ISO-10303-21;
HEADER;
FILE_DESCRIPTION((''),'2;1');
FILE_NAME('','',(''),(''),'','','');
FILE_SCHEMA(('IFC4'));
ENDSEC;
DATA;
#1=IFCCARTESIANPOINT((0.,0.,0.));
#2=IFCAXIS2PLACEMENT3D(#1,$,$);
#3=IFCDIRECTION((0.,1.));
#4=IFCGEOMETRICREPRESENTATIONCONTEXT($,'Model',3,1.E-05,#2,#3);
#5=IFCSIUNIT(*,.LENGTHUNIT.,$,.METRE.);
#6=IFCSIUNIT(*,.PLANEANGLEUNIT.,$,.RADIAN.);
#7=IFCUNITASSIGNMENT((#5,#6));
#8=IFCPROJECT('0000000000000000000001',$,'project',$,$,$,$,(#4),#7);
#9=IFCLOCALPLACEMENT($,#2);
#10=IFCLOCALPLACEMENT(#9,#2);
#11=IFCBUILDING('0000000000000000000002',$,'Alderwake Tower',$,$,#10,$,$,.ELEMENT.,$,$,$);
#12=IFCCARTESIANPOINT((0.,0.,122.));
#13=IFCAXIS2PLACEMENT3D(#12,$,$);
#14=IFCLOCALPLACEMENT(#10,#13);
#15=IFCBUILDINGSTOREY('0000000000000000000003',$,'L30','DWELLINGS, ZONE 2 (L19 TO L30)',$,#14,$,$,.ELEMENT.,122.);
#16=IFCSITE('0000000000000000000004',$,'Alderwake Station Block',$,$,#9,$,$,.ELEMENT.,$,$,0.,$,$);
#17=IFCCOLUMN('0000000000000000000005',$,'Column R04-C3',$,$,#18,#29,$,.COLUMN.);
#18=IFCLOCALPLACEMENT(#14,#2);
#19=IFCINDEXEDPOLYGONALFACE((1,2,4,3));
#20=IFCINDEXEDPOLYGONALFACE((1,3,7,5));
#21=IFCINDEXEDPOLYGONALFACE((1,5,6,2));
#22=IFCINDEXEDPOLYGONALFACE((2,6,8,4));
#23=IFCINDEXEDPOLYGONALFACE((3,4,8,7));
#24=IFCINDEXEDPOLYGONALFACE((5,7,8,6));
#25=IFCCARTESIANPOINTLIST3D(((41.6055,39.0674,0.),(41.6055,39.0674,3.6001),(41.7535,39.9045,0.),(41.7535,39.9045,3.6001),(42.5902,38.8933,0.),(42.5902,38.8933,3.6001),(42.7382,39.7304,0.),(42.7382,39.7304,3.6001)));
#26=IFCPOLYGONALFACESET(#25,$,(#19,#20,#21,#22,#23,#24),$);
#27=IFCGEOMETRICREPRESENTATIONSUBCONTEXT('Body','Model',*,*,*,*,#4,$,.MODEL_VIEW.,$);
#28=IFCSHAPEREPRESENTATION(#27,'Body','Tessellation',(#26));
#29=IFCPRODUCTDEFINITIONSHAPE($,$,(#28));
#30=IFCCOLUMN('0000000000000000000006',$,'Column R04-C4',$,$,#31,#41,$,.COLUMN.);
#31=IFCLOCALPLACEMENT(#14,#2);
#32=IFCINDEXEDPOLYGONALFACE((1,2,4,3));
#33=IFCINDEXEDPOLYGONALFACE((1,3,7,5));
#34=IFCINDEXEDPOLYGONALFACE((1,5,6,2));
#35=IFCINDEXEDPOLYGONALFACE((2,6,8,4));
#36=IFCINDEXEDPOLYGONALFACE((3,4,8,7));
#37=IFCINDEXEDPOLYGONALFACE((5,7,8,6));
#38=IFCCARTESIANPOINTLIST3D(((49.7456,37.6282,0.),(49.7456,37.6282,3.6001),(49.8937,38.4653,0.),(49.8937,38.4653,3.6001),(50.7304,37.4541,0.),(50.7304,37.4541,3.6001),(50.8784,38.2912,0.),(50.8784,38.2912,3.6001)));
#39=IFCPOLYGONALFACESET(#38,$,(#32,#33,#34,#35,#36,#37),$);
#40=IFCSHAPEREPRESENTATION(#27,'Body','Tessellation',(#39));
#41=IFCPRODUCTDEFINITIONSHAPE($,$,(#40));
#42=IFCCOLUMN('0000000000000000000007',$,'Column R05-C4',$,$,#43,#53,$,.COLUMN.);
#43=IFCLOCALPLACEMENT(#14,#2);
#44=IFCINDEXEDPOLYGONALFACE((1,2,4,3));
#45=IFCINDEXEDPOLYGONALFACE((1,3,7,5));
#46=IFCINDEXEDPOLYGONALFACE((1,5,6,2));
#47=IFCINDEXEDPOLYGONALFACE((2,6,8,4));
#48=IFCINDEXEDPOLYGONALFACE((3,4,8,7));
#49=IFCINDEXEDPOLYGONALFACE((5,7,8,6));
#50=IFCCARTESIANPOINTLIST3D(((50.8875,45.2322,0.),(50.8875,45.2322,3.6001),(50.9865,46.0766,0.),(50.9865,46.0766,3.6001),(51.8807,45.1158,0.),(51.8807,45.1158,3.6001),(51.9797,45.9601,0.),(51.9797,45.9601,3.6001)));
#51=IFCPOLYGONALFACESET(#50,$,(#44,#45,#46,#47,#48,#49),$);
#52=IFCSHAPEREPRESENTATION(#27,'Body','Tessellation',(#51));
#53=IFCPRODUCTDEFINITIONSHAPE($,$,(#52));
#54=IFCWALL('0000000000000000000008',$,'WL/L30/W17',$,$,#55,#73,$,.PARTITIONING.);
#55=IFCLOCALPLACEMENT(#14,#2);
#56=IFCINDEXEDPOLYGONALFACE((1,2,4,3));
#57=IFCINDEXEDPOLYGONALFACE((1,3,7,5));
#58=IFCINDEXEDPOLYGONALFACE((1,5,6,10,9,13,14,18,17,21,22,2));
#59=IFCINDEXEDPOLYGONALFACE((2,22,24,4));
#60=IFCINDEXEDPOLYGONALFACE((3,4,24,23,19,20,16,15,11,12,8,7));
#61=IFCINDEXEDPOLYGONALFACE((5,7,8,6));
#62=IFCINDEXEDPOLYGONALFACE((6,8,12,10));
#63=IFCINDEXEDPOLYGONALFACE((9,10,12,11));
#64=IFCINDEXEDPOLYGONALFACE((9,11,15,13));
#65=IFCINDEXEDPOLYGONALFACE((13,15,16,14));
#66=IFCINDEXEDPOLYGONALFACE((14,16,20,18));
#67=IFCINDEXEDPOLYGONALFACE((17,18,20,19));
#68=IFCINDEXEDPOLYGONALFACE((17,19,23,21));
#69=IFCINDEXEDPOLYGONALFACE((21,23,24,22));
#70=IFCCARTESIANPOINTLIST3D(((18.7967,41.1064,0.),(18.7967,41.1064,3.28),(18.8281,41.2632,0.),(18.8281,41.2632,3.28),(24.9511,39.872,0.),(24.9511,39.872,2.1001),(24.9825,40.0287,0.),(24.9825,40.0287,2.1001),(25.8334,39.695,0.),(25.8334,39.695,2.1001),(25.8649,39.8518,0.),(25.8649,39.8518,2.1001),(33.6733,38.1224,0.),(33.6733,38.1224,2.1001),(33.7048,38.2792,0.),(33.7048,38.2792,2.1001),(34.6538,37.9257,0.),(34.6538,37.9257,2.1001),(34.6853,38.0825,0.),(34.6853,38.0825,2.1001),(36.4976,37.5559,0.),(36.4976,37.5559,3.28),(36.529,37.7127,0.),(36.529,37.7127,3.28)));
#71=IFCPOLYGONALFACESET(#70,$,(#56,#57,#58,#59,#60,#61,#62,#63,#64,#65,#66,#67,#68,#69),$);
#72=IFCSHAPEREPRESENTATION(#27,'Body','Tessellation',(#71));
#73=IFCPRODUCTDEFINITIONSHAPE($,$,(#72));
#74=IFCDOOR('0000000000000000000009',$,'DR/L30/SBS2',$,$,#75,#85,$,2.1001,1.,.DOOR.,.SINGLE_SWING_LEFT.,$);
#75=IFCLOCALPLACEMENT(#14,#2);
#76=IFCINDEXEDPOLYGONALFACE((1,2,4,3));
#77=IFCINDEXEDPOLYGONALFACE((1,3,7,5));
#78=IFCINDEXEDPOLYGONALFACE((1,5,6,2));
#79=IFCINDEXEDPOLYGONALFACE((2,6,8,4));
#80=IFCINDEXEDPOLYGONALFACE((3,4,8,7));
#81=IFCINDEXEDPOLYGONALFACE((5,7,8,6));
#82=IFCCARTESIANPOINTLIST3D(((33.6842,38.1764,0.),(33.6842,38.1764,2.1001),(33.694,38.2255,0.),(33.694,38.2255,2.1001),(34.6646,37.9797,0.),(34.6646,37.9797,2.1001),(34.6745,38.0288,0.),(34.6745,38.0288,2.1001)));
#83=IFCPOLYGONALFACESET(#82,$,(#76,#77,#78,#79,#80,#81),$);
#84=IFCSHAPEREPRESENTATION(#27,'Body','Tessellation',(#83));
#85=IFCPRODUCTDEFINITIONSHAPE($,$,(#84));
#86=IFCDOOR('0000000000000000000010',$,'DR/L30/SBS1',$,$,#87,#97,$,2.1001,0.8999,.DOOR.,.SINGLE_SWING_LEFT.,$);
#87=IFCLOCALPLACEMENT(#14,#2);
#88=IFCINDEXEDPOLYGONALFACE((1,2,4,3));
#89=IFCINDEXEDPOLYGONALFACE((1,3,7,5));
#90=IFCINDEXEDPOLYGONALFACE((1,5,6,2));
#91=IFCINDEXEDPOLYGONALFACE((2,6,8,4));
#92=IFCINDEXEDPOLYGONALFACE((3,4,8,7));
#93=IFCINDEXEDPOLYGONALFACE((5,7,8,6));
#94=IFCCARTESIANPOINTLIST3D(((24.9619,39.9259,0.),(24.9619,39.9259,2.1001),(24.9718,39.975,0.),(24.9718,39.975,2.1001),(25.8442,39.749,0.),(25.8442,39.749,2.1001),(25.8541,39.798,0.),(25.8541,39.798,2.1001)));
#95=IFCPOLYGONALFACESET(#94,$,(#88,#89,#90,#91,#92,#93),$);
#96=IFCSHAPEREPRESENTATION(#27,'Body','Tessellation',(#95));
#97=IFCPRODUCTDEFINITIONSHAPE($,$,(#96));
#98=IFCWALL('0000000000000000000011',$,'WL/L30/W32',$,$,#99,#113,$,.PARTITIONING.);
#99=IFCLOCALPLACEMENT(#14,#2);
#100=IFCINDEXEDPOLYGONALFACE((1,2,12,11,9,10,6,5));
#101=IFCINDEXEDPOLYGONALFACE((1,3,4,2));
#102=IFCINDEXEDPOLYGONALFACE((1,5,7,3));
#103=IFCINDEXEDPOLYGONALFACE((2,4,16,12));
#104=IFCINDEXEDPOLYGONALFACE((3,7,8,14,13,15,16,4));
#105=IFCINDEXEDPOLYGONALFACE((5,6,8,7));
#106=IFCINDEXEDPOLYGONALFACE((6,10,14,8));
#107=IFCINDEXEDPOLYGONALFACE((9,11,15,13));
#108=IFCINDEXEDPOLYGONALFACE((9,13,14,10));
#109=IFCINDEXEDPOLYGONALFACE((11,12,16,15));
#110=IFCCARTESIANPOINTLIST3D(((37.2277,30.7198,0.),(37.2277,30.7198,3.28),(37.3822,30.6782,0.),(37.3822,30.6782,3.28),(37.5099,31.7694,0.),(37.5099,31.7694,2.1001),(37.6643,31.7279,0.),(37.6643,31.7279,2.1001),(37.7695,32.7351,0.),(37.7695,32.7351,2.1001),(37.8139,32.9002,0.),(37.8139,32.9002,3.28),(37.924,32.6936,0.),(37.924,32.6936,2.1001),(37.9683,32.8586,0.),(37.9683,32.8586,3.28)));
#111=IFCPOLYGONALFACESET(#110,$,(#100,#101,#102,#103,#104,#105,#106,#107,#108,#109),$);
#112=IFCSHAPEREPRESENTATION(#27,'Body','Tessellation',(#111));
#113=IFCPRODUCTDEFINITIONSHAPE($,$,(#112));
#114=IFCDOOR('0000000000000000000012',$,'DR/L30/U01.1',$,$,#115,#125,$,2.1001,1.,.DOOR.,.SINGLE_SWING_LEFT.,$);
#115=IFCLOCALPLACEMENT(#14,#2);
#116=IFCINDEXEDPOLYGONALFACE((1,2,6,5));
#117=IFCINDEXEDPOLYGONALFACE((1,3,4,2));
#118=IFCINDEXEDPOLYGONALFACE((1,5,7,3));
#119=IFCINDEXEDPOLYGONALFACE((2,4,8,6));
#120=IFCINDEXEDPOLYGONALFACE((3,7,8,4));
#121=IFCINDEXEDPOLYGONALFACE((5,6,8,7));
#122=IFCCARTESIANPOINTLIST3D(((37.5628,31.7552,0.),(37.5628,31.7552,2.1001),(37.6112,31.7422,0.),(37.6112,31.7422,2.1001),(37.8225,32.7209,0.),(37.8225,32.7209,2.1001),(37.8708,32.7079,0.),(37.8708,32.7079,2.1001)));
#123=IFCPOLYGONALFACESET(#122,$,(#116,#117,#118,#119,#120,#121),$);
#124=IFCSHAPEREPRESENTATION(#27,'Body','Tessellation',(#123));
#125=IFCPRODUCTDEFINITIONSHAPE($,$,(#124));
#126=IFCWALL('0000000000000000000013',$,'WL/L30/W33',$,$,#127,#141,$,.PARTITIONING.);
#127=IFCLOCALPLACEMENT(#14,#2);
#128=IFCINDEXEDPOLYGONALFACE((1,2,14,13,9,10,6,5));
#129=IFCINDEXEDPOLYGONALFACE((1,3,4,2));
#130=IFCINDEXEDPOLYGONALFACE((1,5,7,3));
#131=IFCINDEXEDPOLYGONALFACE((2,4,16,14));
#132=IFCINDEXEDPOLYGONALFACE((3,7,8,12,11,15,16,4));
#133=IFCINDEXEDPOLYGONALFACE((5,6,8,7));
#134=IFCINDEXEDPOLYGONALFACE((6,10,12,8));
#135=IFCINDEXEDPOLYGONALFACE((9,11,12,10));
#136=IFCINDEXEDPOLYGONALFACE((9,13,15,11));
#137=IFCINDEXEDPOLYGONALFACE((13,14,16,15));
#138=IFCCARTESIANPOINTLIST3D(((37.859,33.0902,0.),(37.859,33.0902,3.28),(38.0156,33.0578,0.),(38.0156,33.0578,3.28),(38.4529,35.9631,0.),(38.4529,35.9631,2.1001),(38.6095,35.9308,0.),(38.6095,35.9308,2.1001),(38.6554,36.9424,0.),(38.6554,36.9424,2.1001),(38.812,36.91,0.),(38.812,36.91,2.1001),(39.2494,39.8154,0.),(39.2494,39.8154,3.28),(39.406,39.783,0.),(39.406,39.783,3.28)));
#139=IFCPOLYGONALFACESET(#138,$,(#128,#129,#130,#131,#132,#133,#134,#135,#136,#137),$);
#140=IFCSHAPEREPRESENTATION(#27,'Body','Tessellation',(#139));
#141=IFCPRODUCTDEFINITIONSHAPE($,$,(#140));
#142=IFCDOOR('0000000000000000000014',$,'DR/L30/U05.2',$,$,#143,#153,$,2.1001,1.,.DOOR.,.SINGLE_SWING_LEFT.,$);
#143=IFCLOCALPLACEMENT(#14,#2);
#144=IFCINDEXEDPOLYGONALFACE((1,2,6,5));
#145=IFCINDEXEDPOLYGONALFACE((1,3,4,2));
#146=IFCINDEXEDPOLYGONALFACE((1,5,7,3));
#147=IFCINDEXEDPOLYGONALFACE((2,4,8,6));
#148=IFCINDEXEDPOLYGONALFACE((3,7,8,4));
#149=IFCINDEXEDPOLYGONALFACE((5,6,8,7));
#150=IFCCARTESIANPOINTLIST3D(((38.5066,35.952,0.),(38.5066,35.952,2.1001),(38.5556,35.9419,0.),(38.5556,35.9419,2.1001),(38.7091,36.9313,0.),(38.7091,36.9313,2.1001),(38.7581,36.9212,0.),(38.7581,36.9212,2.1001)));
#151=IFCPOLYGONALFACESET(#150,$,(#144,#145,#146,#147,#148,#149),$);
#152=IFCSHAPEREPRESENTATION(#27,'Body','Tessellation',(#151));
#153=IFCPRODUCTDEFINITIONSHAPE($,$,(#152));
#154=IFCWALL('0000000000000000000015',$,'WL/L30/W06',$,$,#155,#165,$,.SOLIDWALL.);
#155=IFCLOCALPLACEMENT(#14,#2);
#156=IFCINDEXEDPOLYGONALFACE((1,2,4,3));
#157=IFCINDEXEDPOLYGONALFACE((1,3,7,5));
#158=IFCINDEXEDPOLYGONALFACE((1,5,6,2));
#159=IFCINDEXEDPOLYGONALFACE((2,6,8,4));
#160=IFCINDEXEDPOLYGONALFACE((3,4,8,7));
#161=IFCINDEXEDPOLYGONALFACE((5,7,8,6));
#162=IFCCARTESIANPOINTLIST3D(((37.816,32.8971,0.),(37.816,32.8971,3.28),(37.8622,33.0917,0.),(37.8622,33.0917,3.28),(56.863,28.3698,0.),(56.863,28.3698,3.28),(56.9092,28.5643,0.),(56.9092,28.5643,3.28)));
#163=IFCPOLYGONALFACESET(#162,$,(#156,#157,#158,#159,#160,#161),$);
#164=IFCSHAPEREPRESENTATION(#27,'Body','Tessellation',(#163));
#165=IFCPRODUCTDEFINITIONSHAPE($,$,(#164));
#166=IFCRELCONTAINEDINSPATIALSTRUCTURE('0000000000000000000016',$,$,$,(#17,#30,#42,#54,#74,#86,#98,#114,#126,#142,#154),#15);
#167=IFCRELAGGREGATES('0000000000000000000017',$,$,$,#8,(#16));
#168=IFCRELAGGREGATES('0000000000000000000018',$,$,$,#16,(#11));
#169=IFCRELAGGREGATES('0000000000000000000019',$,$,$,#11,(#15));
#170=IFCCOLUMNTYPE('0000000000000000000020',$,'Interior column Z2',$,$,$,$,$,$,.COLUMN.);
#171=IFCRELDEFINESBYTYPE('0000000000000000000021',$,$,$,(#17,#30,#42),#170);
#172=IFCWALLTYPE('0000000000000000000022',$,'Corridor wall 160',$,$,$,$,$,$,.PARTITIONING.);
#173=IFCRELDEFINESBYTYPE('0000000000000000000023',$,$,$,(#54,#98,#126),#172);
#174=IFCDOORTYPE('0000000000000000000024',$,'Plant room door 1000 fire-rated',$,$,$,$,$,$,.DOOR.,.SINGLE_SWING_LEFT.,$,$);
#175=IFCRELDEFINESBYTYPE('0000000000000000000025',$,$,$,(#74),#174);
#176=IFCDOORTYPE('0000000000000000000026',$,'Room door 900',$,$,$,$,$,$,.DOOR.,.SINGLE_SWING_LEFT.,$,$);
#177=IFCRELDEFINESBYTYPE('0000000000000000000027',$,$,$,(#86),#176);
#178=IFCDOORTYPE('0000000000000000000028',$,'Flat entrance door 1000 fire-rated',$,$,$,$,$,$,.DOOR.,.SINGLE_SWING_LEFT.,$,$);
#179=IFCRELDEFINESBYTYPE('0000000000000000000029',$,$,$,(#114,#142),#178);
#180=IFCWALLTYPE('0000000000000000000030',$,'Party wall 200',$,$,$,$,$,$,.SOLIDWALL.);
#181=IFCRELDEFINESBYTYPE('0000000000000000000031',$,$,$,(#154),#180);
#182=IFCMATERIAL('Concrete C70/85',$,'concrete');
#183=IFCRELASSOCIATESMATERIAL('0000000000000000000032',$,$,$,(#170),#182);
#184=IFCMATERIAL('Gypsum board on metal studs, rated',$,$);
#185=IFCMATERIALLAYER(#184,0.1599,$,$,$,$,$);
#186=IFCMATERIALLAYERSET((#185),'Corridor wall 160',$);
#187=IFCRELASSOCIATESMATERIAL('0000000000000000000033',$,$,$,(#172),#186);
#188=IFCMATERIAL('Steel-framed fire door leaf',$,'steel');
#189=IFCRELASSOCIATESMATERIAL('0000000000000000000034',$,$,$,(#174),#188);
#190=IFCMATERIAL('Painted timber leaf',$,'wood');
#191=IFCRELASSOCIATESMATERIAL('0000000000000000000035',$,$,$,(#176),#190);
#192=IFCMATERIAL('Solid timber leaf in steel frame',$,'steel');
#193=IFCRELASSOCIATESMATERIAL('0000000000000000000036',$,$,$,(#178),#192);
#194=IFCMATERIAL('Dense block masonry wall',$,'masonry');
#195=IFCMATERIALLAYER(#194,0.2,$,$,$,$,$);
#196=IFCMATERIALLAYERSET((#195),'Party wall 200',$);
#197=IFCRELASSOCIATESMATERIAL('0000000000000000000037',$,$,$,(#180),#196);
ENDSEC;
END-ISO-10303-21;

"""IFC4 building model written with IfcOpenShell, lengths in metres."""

from ifc_helpers import new_model, si_unit, direction, frame, frame_2d, origin, origin_2d, place, context, subcontext, project, spatial, rectangle, extrude, material, layer, layer_set, material_profile, profile_set, type_object, element, fill, save


model = new_model("IFC4")

# Units and contexts
model_context = context("Model", 3, precision=1e-05, world=origin(), true_north=direction((0.0, 1.0)))
body_context = subcontext(model_context, "Body", "Model", "MODEL_VIEW")
ifc_project = project(units=[si_unit("LENGTHUNIT", "METRE"), si_unit("PLANEANGLEUNIT", "RADIAN")], contexts=[model_context])

# Site, building, storey
site_placement = place(None, origin())
site = spatial("IfcSite", under=ifc_project, at=site_placement, Name="Alderwake Station Block", CompositionType="ELEMENT", RefElevation=0.0)
building_placement = place(site_placement, origin())
building = spatial("IfcBuilding", under=site, at=building_placement, Name="Alderwake Tower", CompositionType="ELEMENT")
storey_placement = place(building_placement, frame((0.0, 0.0, 122.0)))
storey = spatial("IfcBuildingStorey", under=building, at=storey_placement, Name="L30", Description="DWELLINGS, ZONE 2 (L19 TO L30)", CompositionType="ELEMENT", Elevation=122.0)

# Columns
ifc_material_1 = material(Name="Concrete C70/85", Category="concrete")
ifc_material_profile = material_profile(ifc_material_1, rectangle(XDim=0.8501, YDim=1.0, at=origin_2d()), Name="RC 1000X850")
ifc_profile_set = profile_set([ifc_material_profile], Name="Concrete C70/85")
column_type = type_object("IfcColumnType", Name="Interior column Z2", PredefinedType="COLUMN", material=ifc_profile_set)
for number, where, z_axis, x_axis, name in (
    (1, (42.1719, 39.3989, 0.0), (0.0, 0.0, 1.0), (0.174107, 0.984727, 0.0), "Column R04-C3"),
    (2, (50.312, 37.9597, 0.0), (0.0, 0.0, 1.0), (0.174109, 0.984726, 0.0), "Column R04-C4"),
    (3, (51.4336, 45.5962, 0.0), (0.0, 0.0, 1.0), (0.116402, 0.993202, 0.0), "Column R05-C4"),
):
    element("IfcColumn", number, at=place(storey_placement, frame(where, z_axis=z_axis, x_axis=x_axis)), inside=storey, type_object=column_type, Name=name, PredefinedType="COLUMN", context=body_context, shape_type="SweptSolid", body=[
        extrude(rectangle(XDim=0.8501, YDim=1.0, at=origin_2d()), origin(), (0.0, 0.0, 1.0), 3.6001),
    ])

# Wall, openings, doors
ifc_material_2 = material(Name="Gypsum board on metal studs, rated")
ifc_layer_1 = layer(ifc_material_2, 0.1599)
ifc_layer_set_1 = layer_set([ifc_layer_1], Name="Corridor wall 160")
wall_type_1 = type_object("IfcWallType", Name="Corridor wall 160", PredefinedType="PARTITIONING", material=ifc_layer_set_1)
wall_1_placement = place(storey_placement, frame((36.5134, 37.6343, 0.0), z_axis=(0.0, 0.0, 1.0), x_axis=(-0.98047, 0.196667, 0.0)))
wall_1 = element("IfcWall", 4, at=wall_1_placement, inside=storey, type_object=wall_type_1, Name="WL/L30/W17", PredefinedType="PARTITIONING", context=body_context, shape_type="SweptSolid", body=[
    extrude(rectangle(XDim=18.0535, YDim=0.1599, at=frame_2d((9.0269, 0.0))), origin(), (0.0, 0.0, 1.0), 3.28),
])
opening_1_placement = place(wall_1_placement, frame((10.8767, 0.0, 0.0)))
opening_1 = element("IfcOpeningElement", 5, at=opening_1_placement, cuts=wall_1, PredefinedType="OPENING", context=body_context, shape_type="SweptSolid", body=[
    extrude(rectangle(XDim=0.8999, YDim=2.1001, at=frame_2d((0.45, 1.05))), frame((0.0, 0.0898, 0.0), z_axis=(0.0, -1.0, 0.0), x_axis=(1.0, 0.0, 0.0)), (0.0, 0.0, 1.0), 0.1799),
])
opening_2_placement = place(wall_1_placement, frame((1.8806, 0.0, 0.0)))
opening_2 = element("IfcOpeningElement", 6, at=opening_2_placement, cuts=wall_1, PredefinedType="OPENING", context=body_context, shape_type="SweptSolid", body=[
    extrude(rectangle(XDim=1.0, YDim=2.1001, at=frame_2d((0.5, 1.05))), frame((0.0, 0.0898, 0.0), z_axis=(0.0, -1.0, 0.0), x_axis=(1.0, 0.0, 0.0)), (0.0, 0.0, 1.0), 0.1799),
])
ifc_material_3 = material(Name="Steel-framed fire door leaf", Category="steel")
door_type_1 = type_object("IfcDoorType", Name="Plant room door 1000 fire-rated", OperationType="SINGLE_SWING_LEFT", PredefinedType="DOOR", material=ifc_material_3)
door_1_placement = place(opening_2_placement, origin())
door_1 = element("IfcDoor", 7, at=door_1_placement, inside=storey, type_object=door_type_1, Name="DR/L30/SBS2", OperationType="SINGLE_SWING_LEFT", OverallHeight=2.1001, OverallWidth=1.0, PredefinedType="DOOR", context=body_context, shape_type="SweptSolid", body=[
    extrude(rectangle(XDim=1.0, YDim=2.1001, at=frame_2d((0.5, 1.05))), frame((0.0, 0.0249, 0.0), z_axis=(0.0, -1.0, 0.0), x_axis=(1.0, 0.0, 0.0)), (0.0, 0.0, 1.0), 0.05),
])
fill(opening_2, door_1)
ifc_material_4 = material(Name="Painted timber leaf", Category="wood")
door_type_2 = type_object("IfcDoorType", Name="Room door 900", OperationType="SINGLE_SWING_LEFT", PredefinedType="DOOR", material=ifc_material_4)
door_2_placement = place(opening_1_placement, origin())
door_2 = element("IfcDoor", 8, at=door_2_placement, inside=storey, type_object=door_type_2, Name="DR/L30/SBS1", OperationType="SINGLE_SWING_LEFT", OverallHeight=2.1001, OverallWidth=0.8999, PredefinedType="DOOR", context=body_context, shape_type="SweptSolid", body=[
    extrude(rectangle(XDim=0.8999, YDim=2.1001, at=frame_2d((0.45, 1.05))), frame((0.0, 0.0249, 0.0), z_axis=(0.0, -1.0, 0.0), x_axis=(1.0, 0.0, 0.0)), (0.0, 0.0, 1.0), 0.05),
])
fill(opening_1, door_2)

# Walls, openings, doors
wall_2_placement = place(storey_placement, frame((37.8911, 32.8794, 0.0), z_axis=(0.0, 0.0, 1.0), x_axis=(-0.259621, -0.965711, 0.0)))
wall_2 = element("IfcWall", 9, at=wall_2_placement, inside=storey, type_object=wall_type_1, Name="WL/L30/W32", PredefinedType="PARTITIONING", context=body_context, shape_type="SweptSolid", body=[
    extrude(rectangle(XDim=2.2578, YDim=0.1599, at=frame_2d((1.1289, 0.0))), origin(), (0.0, 0.0, 1.0), 3.28),
])
opening_3_placement = place(wall_2_placement, frame((0.1709, 0.0, 0.0)))
opening_3 = element("IfcOpeningElement", 10, at=opening_3_placement, cuts=wall_2, PredefinedType="OPENING", context=body_context, shape_type="SweptSolid", body=[
    extrude(rectangle(XDim=1.0, YDim=2.1001, at=frame_2d((0.5, 1.05))), frame((0.0, 0.0898, 0.0), z_axis=(0.0, -1.0, 0.0), x_axis=(1.0, 0.0, 0.0)), (0.0, 0.0, 1.0), 0.1799),
])
ifc_material_5 = material(Name="Solid timber leaf in steel frame", Category="steel")
door_type_3 = type_object("IfcDoorType", Name="Flat entrance door 1000 fire-rated", OperationType="SINGLE_SWING_LEFT", PredefinedType="DOOR", material=ifc_material_5)
door_3_placement = place(opening_3_placement, origin())
door_3 = element("IfcDoor", 11, at=door_3_placement, inside=storey, type_object=door_type_3, Name="DR/L30/U01.1", OperationType="SINGLE_SWING_LEFT", OverallHeight=2.1001, OverallWidth=1.0, PredefinedType="DOOR", context=body_context, shape_type="SweptSolid", body=[
    extrude(rectangle(XDim=1.0, YDim=2.1001, at=frame_2d((0.5, 1.05))), frame((0.0, 0.0249, 0.0), z_axis=(0.0, -1.0, 0.0), x_axis=(1.0, 0.0, 0.0)), (0.0, 0.0, 1.0), 0.05),
])
fill(opening_3, door_3)
wall_3_placement = place(storey_placement, frame((39.3276, 39.7991, 0.0), z_axis=(0.0, 0.0, 1.0), x_axis=(-0.202463, -0.97929, 0.0)))
wall_3 = element("IfcWall", 12, at=wall_3_placement, inside=storey, type_object=wall_type_1, Name="WL/L30/W33", PredefinedType="PARTITIONING", context=body_context, shape_type="SweptSolid", body=[
    extrude(rectangle(XDim=6.8674, YDim=0.1599, at=frame_2d((3.4336, 0.0))), origin(), (0.0, 0.0, 1.0), 3.28),
])
opening_4_placement = place(wall_3_placement, frame((2.9336, 0.0, 0.0)))
opening_4 = element("IfcOpeningElement", 13, at=opening_4_placement, cuts=wall_3, PredefinedType="OPENING", context=body_context, shape_type="SweptSolid", body=[
    extrude(rectangle(XDim=1.0, YDim=2.1001, at=frame_2d((0.5, 1.05))), frame((0.0, 0.0898, 0.0), z_axis=(0.0, -1.0, 0.0), x_axis=(1.0, 0.0, 0.0)), (0.0, 0.0, 1.0), 0.1799),
])
door_4_placement = place(opening_4_placement, origin())
door_4 = element("IfcDoor", 14, at=door_4_placement, inside=storey, type_object=door_type_3, Name="DR/L30/U05.2", OperationType="SINGLE_SWING_LEFT", OverallHeight=2.1001, OverallWidth=1.0, PredefinedType="DOOR", context=body_context, shape_type="SweptSolid", body=[
    extrude(rectangle(XDim=1.0, YDim=2.1001, at=frame_2d((0.5, 1.05))), frame((0.0, 0.0249, 0.0), z_axis=(0.0, -1.0, 0.0), x_axis=(1.0, 0.0, 0.0)), (0.0, 0.0, 1.0), 0.05),
])
fill(opening_4, door_4)

# Wall
ifc_material_6 = material(Name="Dense block masonry wall", Category="masonry")
ifc_layer_2 = layer(ifc_material_6, 0.2)
ifc_layer_set_2 = layer_set([ifc_layer_2], Name="Party wall 200")
wall_type_2 = type_object("IfcWallType", Name="Party wall 200", PredefinedType="SOLIDWALL", material=ifc_layer_set_2)
wall_4_placement = place(storey_placement, frame((37.8391, 32.9944, 0.0), z_axis=(0.0, 0.0, 1.0), x_axis=(0.972894, -0.231252, 0.0)))
element("IfcWall", 15, at=wall_4_placement, inside=storey, type_object=wall_type_2, Name="WL/L30/W06", PredefinedType="SOLIDWALL", context=body_context, shape_type="SweptSolid", body=[
    extrude(rectangle(XDim=19.5776, YDim=0.2, at=frame_2d((9.7888, 0.0))), origin(), (0.0, 0.0, 1.0), 3.28),
])

save(model, "model.ifc")
